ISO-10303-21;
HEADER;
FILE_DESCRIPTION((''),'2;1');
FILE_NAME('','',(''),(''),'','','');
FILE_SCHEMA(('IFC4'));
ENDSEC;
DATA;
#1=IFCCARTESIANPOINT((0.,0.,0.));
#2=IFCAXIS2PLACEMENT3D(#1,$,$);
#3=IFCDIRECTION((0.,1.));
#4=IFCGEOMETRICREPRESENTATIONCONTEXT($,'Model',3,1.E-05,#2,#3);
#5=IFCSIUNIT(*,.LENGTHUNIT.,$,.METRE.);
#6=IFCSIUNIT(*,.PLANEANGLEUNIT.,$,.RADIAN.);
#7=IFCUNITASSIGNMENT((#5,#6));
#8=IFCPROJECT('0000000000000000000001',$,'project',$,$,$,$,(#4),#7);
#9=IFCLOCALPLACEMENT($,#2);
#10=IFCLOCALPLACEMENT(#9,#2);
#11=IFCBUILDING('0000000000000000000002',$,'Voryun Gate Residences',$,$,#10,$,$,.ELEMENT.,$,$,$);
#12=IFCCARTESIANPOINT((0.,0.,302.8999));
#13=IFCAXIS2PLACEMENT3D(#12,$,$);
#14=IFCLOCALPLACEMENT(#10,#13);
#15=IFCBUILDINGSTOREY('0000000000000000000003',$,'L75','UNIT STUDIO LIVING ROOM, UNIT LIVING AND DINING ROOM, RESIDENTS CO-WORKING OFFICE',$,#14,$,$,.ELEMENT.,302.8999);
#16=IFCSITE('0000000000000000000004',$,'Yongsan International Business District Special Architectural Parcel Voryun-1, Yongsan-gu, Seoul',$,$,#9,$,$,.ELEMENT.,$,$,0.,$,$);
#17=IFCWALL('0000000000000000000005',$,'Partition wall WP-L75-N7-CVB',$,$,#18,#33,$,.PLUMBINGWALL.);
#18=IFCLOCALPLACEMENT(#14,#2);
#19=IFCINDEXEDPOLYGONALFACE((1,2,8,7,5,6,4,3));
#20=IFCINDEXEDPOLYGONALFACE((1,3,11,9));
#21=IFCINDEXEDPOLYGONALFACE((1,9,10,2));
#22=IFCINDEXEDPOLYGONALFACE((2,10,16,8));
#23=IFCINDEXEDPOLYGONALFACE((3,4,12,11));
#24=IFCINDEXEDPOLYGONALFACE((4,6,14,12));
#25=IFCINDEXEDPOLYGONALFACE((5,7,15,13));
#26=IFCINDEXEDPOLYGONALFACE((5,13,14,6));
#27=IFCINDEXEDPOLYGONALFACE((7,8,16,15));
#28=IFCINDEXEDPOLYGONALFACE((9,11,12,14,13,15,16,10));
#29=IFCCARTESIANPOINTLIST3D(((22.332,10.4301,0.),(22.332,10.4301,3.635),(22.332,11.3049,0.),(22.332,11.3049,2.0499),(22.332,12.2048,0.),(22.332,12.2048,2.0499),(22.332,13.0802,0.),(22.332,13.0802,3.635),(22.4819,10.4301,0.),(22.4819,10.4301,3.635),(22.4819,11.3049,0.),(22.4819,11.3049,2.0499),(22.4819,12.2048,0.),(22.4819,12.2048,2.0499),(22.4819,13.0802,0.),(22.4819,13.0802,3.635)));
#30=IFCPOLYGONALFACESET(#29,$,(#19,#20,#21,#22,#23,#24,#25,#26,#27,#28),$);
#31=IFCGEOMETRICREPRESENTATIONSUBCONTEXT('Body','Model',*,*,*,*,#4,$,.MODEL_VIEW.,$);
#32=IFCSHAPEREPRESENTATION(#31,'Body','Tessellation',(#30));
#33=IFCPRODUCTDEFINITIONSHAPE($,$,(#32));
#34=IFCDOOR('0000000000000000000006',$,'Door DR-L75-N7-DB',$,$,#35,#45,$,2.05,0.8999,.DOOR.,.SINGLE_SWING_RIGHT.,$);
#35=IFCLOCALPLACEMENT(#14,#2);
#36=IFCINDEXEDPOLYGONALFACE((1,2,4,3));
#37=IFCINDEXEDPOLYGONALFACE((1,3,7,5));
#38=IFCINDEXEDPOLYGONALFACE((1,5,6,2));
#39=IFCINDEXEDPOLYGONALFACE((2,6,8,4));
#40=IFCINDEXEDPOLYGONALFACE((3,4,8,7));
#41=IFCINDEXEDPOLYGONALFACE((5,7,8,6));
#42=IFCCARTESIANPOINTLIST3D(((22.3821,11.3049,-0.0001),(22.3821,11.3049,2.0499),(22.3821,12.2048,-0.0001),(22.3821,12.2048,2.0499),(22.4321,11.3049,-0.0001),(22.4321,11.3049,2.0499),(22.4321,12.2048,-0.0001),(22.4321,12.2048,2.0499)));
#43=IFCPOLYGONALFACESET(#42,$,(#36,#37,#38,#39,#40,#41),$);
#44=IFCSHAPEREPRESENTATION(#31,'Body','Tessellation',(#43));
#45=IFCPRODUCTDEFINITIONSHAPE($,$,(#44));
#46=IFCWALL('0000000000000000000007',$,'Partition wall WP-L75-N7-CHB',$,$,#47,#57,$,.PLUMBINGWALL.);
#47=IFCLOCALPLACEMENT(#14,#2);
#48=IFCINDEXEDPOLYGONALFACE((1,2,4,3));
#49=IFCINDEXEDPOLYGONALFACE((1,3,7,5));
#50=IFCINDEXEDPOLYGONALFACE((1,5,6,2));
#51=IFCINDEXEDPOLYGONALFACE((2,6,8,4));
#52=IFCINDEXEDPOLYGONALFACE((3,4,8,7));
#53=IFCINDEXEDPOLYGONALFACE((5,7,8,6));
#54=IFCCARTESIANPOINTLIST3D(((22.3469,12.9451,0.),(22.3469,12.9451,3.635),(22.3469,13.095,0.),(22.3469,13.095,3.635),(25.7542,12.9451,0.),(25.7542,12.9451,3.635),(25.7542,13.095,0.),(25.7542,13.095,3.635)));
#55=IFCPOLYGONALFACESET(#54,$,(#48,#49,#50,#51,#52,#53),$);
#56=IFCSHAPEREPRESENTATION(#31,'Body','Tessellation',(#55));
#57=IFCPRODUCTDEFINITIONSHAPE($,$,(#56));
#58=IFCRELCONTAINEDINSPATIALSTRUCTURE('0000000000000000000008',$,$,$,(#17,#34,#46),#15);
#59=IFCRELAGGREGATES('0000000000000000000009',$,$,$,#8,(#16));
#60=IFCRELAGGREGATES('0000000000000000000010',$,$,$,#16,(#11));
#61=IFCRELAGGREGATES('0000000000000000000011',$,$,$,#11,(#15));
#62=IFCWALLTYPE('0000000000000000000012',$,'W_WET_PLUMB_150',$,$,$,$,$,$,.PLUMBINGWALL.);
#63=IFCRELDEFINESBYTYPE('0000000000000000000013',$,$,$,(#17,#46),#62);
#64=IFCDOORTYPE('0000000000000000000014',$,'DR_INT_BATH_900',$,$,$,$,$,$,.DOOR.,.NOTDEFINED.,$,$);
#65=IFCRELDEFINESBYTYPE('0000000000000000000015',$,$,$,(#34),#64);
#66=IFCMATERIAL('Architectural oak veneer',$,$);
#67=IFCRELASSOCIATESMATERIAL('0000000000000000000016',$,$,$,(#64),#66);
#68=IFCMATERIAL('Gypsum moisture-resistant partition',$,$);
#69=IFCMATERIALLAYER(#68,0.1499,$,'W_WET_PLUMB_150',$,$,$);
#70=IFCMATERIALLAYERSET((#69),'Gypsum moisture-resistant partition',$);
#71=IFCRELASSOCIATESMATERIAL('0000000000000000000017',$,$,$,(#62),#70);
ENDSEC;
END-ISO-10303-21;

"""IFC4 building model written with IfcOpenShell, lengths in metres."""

from ifc_helpers import new_model, si_unit, direction, frame, frame_2d, origin, place, context, subcontext, project, spatial, rectangle, extrude, material, layer, layer_set, type_object, element, fill, save


model = new_model("IFC4")

# Units and contexts
model_context = context("Model", 3, precision=1e-05, world=origin(), true_north=direction((0.0, 1.0)))
body_context = subcontext(model_context, "Body", "Model", "MODEL_VIEW")
ifc_project = project(units=[si_unit("LENGTHUNIT", "METRE"), si_unit("PLANEANGLEUNIT", "RADIAN")], contexts=[model_context])

# Site, building, storey
site_placement = place(None, origin())
site = spatial("IfcSite", under=ifc_project, at=site_placement, Name="Yongsan International Business District Special Architectural Parcel Voryun-1, Yongsan-gu, Seoul", CompositionType="ELEMENT", RefElevation=0.0)
building_placement = place(site_placement, origin())
building = spatial("IfcBuilding", under=site, at=building_placement, Name="Voryun Gate Residences", CompositionType="ELEMENT")
storey_placement = place(building_placement, frame((0.0, 0.0, 302.8999)))
storey = spatial("IfcBuildingStorey", under=building, at=storey_placement, Name="L75", Description="UNIT STUDIO LIVING ROOM, UNIT LIVING AND DINING ROOM, RESIDENTS CO-WORKING OFFICE", CompositionType="ELEMENT", Elevation=302.8999)

# Shared definitions
ifc_material_1 = material(Name="Architectural oak veneer")
door_type = type_object("IfcDoorType", Name="DR_INT_BATH_900", OperationType="NOTDEFINED", PredefinedType="DOOR", material=ifc_material_1)

# Shared definitions
ifc_material_2 = material(Name="Gypsum moisture-resistant partition")
ifc_layer_1 = layer(ifc_material_2, 0.1499, Name="W_WET_PLUMB_150")
ifc_layer_set_1 = layer_set([ifc_layer_1], Name="Gypsum moisture-resistant partition")
wall_type_1 = type_object("IfcWallType", Name="W_WET_PLUMB_150", PredefinedType="PLUMBINGWALL", material=ifc_layer_set_1)

# Wall, opening, door
wall_1_placement = place(storey_placement, frame((22.407, 10.4299, 0.0), z_axis=(0.0, 0.0, 1.0), x_axis=(0.0, 1.0, 0.0)))
wall_1 = element("IfcWall", 1, at=wall_1_placement, inside=storey, type_object=wall_type_1, Name="Partition wall WP-L75-N7-CVB", PredefinedType="PLUMBINGWALL", context=body_context, shape_type="SweptSolid", body=[
    extrude(rectangle(XDim=2.6501, YDim=0.1499, at=frame_2d((1.3252, 0.0))), origin(), (0.0, 0.0, 1.0), 3.635),
])
opening_1_placement = place(wall_1_placement, frame((0.875, 0.0, 0.0)))
opening_1 = element("IfcOpeningElement", 2, at=opening_1_placement, cuts=wall_1, PredefinedType="OPENING", context=body_context, shape_type="SweptSolid", body=[
    extrude(rectangle(XDim=0.8999, YDim=2.05, at=frame_2d((0.45, 1.0249))), frame((0.0, 0.085, 0.0), z_axis=(0.0, -1.0, 0.0), x_axis=(1.0, 0.0, 0.0)), (0.0, 0.0, 1.0), 0.1699),
])
door_1_placement = place(opening_1_placement, origin())
door_1 = element("IfcDoor", 3, at=door_1_placement, inside=storey, type_object=door_type, Name="Door DR-L75-N7-DB", OperationType="SINGLE_SWING_RIGHT", OverallHeight=2.05, OverallWidth=0.8999, PredefinedType="DOOR", context=body_context, shape_type="SweptSolid", body=[
    extrude(rectangle(XDim=0.8999, YDim=2.05, at=frame_2d((0.45, 1.0249))), frame((0.0, 0.0249, 0.0), z_axis=(0.0, -1.0, 0.0), x_axis=(1.0, 0.0, 0.0)), (0.0, 0.0, 1.0), 0.05),
])
fill(opening_1, door_1)

# Wall
wall_2_placement = place(storey_placement, frame((22.3469, 13.02, 0.0), z_axis=(0.0, 0.0, 1.0), x_axis=(1.0, 0.0, 0.0)))
element("IfcWall", 4, at=wall_2_placement, inside=storey, type_object=wall_type_1, Name="Partition wall WP-L75-N7-CHB", PredefinedType="PLUMBINGWALL", context=body_context, shape_type="SweptSolid", body=[
    extrude(rectangle(XDim=3.4072, YDim=0.1499, at=frame_2d((1.7036, 0.0))), origin(), (0.0, 0.0, 1.0), 3.635),
])

save(model, "model.ifc")
